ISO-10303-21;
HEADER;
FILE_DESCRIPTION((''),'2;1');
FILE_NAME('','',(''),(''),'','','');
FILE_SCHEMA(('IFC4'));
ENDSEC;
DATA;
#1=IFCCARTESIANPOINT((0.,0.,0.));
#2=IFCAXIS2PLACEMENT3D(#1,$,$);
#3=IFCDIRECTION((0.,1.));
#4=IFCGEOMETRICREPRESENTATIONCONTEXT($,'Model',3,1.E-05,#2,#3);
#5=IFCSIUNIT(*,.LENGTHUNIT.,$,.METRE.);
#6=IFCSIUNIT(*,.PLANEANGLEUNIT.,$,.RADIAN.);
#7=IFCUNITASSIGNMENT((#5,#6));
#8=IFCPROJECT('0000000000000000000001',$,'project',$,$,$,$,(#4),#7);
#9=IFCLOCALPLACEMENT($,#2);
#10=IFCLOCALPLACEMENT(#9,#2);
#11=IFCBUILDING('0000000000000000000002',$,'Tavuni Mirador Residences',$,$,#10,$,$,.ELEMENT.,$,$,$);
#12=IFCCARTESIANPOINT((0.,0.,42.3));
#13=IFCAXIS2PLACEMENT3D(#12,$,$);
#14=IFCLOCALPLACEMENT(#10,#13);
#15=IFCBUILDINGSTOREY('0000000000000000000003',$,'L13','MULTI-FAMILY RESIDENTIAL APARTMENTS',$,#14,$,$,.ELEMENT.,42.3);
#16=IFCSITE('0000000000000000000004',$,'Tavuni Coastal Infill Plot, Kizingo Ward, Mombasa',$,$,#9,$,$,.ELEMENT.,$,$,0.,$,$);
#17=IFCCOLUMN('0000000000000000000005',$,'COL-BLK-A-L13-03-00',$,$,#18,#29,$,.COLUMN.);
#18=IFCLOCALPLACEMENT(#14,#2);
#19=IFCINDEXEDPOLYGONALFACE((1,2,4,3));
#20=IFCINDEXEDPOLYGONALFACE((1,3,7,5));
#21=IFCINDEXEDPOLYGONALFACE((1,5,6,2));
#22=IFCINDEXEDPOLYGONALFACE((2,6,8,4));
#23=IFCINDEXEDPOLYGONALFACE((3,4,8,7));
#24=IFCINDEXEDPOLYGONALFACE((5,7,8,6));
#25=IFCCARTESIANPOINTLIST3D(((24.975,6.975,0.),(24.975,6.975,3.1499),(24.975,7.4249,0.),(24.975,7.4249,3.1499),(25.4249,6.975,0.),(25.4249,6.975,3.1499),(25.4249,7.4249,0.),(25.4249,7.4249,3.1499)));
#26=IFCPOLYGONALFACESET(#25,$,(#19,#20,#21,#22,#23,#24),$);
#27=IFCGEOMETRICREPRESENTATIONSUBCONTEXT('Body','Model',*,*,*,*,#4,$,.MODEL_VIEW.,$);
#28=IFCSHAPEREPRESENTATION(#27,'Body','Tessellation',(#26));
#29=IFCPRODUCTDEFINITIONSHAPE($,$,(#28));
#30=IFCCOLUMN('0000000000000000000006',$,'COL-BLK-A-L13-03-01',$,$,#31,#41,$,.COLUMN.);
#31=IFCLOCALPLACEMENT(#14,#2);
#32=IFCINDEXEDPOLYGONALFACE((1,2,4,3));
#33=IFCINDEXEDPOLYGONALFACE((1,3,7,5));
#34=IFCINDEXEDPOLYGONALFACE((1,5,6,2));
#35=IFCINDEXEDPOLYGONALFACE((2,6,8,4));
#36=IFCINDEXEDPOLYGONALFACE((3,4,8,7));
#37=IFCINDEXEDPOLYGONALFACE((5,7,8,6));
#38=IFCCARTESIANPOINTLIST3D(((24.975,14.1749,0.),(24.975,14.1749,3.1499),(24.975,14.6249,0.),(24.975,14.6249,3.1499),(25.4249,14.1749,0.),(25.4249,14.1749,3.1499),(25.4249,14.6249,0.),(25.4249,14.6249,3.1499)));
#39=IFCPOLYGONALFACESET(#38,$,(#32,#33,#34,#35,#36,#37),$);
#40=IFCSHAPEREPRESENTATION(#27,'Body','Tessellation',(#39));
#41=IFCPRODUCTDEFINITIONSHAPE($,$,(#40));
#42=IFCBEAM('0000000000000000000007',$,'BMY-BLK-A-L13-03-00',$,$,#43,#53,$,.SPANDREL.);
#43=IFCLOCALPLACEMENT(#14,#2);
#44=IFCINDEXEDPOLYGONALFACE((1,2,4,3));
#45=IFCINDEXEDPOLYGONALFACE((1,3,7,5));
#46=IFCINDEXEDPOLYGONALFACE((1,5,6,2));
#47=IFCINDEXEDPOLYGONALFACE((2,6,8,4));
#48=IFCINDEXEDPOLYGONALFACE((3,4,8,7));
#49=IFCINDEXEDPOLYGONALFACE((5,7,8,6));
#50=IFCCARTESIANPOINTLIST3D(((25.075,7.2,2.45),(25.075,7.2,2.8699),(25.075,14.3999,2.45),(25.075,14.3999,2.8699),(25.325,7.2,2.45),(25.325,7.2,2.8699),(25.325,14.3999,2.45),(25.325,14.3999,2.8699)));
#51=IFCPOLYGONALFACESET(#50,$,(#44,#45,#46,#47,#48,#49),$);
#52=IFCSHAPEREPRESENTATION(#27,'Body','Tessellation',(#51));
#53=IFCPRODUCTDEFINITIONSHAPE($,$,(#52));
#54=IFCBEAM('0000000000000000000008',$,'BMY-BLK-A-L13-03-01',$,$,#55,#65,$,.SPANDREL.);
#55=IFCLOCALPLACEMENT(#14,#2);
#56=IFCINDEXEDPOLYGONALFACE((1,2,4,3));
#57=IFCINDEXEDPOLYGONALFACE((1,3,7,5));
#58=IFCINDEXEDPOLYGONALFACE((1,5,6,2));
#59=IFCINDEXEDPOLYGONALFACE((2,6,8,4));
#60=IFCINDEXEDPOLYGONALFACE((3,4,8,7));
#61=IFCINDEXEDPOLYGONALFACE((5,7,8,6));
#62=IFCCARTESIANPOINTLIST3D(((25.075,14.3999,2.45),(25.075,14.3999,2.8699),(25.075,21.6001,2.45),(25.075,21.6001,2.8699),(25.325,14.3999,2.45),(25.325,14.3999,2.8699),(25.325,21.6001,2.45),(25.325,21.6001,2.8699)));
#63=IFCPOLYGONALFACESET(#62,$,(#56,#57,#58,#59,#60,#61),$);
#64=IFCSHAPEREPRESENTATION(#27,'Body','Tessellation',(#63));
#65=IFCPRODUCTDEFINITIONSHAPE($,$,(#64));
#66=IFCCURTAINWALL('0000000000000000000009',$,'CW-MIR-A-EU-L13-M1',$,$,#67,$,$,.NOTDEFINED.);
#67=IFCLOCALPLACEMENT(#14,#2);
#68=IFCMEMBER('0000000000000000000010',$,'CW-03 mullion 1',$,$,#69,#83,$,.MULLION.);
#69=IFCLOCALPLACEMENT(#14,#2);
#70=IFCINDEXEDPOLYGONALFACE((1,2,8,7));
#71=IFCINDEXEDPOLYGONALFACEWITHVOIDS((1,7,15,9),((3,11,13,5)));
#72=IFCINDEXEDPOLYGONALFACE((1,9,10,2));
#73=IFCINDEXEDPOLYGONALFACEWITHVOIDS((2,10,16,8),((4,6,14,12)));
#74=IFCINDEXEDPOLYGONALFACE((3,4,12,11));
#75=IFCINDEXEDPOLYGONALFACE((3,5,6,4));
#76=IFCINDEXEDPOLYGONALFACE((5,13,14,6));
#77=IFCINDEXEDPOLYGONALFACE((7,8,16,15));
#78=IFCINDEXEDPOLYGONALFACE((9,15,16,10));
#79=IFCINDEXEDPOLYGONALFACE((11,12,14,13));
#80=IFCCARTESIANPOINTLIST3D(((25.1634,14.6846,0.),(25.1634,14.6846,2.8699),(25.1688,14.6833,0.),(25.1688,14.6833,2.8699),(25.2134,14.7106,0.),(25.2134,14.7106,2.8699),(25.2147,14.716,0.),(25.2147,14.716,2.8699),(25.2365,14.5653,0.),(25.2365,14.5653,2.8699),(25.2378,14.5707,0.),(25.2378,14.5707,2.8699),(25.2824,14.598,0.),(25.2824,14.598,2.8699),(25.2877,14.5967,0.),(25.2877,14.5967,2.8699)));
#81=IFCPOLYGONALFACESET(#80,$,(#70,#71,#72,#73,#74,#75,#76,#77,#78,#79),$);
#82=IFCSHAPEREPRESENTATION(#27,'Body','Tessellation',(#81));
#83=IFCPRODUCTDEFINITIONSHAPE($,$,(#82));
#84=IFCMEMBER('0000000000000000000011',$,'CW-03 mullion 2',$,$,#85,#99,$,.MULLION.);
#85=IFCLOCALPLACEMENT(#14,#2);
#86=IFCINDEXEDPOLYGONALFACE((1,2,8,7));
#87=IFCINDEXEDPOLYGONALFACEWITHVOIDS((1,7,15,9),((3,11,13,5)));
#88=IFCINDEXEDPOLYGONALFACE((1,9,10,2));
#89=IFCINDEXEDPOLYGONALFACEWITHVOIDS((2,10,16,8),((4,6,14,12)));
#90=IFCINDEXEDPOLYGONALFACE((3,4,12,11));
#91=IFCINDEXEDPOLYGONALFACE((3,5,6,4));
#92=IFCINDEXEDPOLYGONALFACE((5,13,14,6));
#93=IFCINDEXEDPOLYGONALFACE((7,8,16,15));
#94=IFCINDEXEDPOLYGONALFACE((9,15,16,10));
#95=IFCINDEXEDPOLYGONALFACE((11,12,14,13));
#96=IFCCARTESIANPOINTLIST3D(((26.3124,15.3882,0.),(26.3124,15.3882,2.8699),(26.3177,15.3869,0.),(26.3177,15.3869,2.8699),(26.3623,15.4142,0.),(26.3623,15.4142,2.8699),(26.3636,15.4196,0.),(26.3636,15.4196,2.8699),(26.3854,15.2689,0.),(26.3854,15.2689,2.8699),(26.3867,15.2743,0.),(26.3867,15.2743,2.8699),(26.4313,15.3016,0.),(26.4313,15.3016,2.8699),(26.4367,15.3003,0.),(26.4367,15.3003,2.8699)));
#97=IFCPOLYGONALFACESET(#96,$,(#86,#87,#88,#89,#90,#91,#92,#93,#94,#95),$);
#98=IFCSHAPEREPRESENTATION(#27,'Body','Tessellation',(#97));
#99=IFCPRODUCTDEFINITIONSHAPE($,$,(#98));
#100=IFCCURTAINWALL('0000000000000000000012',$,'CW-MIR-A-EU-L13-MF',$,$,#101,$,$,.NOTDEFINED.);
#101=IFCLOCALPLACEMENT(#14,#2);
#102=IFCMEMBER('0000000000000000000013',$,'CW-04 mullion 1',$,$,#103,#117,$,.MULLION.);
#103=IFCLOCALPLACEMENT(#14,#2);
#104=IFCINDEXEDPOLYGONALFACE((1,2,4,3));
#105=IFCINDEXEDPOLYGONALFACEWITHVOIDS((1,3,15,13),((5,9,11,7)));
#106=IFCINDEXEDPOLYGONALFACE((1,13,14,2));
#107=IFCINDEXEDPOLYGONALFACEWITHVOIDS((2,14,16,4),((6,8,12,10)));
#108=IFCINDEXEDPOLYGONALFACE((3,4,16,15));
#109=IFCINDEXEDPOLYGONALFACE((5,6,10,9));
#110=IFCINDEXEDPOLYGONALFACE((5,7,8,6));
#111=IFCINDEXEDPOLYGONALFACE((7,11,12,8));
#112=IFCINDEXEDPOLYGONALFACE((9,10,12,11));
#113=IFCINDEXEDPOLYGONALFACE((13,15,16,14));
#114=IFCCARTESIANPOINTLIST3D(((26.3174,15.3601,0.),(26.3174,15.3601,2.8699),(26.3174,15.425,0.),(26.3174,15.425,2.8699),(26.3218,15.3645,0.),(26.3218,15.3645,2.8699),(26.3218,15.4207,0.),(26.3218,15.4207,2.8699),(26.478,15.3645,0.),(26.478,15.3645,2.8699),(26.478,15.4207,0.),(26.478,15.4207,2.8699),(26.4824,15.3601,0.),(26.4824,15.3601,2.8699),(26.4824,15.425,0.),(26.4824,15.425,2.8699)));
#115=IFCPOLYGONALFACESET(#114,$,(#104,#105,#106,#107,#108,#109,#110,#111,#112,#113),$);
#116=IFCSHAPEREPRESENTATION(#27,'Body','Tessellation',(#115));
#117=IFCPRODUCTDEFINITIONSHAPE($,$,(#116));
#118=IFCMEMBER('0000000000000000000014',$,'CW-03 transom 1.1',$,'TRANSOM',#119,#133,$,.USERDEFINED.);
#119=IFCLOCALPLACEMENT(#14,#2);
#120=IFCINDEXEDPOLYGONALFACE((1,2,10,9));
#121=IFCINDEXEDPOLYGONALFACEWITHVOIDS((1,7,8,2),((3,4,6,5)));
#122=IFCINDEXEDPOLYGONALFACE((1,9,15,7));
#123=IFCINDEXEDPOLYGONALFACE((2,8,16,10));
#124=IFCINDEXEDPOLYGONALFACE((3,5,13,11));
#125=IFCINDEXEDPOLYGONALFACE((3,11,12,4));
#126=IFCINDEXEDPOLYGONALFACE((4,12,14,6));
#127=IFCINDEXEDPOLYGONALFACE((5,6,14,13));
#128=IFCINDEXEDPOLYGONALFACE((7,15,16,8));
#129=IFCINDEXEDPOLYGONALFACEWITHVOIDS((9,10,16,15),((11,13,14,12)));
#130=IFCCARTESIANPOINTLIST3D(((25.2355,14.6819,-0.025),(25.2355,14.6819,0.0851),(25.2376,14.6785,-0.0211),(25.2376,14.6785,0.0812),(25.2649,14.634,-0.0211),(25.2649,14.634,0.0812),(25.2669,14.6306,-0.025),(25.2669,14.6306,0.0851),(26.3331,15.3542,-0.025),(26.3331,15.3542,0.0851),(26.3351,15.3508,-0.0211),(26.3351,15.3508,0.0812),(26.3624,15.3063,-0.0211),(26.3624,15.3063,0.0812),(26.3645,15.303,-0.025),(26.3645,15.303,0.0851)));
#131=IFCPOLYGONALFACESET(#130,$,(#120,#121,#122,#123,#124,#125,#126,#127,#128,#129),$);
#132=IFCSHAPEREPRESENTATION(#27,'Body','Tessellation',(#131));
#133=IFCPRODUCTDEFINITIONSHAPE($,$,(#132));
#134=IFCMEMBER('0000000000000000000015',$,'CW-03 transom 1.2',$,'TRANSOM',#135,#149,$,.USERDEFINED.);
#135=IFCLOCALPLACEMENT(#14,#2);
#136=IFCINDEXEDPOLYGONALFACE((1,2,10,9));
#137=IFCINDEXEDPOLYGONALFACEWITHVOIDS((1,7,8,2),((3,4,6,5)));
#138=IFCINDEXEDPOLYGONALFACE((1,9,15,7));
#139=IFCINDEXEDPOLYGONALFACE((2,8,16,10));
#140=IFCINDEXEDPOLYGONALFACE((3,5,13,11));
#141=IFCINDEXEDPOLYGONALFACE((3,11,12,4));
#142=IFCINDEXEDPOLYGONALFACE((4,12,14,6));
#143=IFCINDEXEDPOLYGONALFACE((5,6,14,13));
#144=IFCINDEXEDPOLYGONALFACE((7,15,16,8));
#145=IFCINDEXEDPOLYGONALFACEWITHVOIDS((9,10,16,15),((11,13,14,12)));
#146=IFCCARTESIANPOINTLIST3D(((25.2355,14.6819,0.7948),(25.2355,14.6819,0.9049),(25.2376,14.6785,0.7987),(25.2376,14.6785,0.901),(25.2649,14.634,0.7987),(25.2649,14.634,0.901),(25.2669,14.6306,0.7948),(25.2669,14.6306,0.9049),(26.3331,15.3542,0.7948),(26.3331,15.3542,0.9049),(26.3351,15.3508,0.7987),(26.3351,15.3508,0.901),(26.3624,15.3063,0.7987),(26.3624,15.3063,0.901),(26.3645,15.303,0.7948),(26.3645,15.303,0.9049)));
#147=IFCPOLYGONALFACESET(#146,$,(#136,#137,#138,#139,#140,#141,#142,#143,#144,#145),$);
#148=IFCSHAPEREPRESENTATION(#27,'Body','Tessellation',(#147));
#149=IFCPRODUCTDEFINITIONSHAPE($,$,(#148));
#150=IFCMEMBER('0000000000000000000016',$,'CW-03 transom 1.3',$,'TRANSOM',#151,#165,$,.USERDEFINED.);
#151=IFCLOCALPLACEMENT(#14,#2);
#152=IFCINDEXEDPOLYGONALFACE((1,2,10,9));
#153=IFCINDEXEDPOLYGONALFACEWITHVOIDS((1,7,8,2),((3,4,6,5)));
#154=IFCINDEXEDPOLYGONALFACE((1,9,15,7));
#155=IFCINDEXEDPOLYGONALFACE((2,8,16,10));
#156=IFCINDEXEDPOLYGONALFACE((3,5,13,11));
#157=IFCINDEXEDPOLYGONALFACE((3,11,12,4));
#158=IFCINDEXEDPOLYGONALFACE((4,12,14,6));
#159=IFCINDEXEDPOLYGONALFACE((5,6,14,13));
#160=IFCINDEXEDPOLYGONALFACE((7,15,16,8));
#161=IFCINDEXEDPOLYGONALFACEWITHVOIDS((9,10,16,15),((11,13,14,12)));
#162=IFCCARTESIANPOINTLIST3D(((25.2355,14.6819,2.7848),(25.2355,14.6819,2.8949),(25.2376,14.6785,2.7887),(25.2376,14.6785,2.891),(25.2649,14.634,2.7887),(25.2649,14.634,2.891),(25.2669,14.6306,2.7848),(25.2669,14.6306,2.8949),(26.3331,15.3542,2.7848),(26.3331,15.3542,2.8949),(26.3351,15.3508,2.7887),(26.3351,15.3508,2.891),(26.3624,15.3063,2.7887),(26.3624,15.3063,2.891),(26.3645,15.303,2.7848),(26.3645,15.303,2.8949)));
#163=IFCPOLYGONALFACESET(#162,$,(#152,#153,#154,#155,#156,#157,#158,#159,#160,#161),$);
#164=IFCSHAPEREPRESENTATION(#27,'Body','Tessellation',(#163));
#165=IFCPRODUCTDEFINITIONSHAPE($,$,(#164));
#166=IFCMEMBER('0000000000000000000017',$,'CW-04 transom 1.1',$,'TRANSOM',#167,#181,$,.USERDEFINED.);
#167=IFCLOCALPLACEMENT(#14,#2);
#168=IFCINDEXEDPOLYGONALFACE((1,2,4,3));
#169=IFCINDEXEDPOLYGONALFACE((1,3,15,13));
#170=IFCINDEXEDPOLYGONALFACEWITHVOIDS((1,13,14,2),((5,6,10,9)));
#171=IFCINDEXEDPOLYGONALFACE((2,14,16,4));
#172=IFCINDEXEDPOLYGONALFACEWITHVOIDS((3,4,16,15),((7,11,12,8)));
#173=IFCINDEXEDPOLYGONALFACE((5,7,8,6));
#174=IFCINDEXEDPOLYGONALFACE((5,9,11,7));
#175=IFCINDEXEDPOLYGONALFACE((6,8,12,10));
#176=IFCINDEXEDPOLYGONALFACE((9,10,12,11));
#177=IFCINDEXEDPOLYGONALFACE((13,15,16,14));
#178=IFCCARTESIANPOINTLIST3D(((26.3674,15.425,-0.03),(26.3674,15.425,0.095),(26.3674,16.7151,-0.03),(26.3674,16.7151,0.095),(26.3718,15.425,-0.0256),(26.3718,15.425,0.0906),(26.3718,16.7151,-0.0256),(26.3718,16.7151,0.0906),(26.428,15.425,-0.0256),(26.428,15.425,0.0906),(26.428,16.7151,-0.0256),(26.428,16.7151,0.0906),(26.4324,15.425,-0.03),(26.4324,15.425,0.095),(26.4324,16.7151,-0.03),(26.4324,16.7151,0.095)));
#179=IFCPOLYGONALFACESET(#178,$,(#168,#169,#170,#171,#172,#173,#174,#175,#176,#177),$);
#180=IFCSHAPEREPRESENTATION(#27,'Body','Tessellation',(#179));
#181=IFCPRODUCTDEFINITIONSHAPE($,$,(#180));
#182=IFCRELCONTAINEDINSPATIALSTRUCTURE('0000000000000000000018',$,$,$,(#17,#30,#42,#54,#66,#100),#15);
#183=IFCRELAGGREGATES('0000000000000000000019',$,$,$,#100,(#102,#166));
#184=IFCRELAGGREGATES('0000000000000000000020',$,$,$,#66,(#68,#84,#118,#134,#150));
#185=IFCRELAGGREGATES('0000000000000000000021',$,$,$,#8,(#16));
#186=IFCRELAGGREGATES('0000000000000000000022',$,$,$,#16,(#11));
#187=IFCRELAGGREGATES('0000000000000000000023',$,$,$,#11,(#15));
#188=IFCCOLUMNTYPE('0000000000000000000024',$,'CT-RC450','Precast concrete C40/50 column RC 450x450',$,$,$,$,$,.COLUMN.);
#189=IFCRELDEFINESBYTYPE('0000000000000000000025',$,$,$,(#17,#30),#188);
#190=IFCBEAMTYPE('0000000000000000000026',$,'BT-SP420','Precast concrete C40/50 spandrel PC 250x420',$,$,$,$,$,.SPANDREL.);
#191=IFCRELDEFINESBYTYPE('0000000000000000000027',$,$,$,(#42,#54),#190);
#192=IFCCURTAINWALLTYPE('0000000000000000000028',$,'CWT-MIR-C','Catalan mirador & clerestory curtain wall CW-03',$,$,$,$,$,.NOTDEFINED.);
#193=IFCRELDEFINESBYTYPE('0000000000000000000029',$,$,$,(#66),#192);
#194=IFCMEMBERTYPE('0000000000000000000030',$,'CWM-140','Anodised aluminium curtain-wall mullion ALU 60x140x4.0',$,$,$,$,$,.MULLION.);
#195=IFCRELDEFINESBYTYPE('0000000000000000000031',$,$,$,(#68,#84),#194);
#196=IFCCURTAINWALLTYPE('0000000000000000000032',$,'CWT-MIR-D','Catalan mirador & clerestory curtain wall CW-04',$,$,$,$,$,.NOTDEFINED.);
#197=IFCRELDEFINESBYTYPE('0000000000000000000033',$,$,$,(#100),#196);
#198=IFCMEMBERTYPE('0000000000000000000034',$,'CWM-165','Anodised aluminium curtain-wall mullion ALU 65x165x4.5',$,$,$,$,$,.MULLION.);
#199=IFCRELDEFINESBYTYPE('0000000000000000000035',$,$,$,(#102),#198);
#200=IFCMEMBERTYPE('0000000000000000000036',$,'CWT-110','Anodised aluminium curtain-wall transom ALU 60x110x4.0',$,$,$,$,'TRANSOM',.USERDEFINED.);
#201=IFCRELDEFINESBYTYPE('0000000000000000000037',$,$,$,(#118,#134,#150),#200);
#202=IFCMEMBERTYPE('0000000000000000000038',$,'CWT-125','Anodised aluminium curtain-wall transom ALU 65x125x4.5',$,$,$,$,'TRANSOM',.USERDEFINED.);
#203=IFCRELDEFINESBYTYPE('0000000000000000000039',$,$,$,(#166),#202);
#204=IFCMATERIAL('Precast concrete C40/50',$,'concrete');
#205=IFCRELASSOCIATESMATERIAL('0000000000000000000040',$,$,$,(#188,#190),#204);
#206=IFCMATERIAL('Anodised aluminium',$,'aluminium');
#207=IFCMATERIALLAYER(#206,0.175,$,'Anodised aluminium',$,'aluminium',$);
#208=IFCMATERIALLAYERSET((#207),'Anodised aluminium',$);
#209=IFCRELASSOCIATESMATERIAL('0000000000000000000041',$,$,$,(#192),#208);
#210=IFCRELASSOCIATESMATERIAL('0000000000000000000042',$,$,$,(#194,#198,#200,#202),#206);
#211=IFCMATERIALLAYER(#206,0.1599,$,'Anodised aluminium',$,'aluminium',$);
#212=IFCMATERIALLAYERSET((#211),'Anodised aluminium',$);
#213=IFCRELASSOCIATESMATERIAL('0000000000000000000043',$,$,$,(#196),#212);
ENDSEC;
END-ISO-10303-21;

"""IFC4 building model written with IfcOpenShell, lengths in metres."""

from ifc_helpers import new_model, si_unit, direction, frame, origin, origin_2d, place, context, subcontext, project, spatial, rectangle, hollow_rectangle, extrude, material, layer, layer_set, material_profile, profile_set, type_object, element, aggregate, save


model = new_model("IFC4")

# Units and contexts
model_context = context("Model", 3, precision=1e-05, world=origin(), true_north=direction((0.0, 1.0)))
body_context = subcontext(model_context, "Body", "Model", "MODEL_VIEW")
ifc_project = project(units=[si_unit("LENGTHUNIT", "METRE"), si_unit("PLANEANGLEUNIT", "RADIAN")], contexts=[model_context])

# Site, building, storey
site_placement = place(None, origin())
site = spatial("IfcSite", under=ifc_project, at=site_placement, Name="Tavuni Coastal Infill Plot, Kizingo Ward, Mombasa", CompositionType="ELEMENT", RefElevation=0.0)
building_placement = place(site_placement, origin())
building = spatial("IfcBuilding", under=site, at=building_placement, Name="Tavuni Mirador Residences", CompositionType="ELEMENT")
storey_placement = place(building_placement, frame((0.0, 0.0, 42.3)))
storey = spatial("IfcBuildingStorey", under=building, at=storey_placement, Name="L13", Description="MULTI-FAMILY RESIDENTIAL APARTMENTS", CompositionType="ELEMENT", Elevation=42.3)

# Columns
ifc_material_1 = material(Name="Precast concrete C40/50", Category="concrete")
ifc_material_profile_1 = material_profile(ifc_material_1, rectangle(XDim=0.45, YDim=0.45, at=origin_2d()), Name="RC 450x450", Category="concrete")
ifc_profile_set_1 = profile_set([ifc_material_profile_1], Name="Precast concrete C40/50")
column_type = type_object("IfcColumnType", Name="CT-RC450", Description="Precast concrete C40/50 column RC 450x450", PredefinedType="COLUMN", material=ifc_profile_set_1)
for number, where, z_axis, x_axis, name in (
    (1, (25.2, 7.2, 0.0), (0.0, 0.0, 1.0), (1.0, 0.0, 0.0), "COL-BLK-A-L13-03-00"),
    (2, (25.2, 14.3999, 0.0), (0.0, 0.0, 1.0), (1.0, 0.0, 0.0), "COL-BLK-A-L13-03-01"),
):
    element("IfcColumn", number, at=place(storey_placement, frame(where, z_axis=z_axis, x_axis=x_axis)), inside=storey, type_object=column_type, Name=name, PredefinedType="COLUMN", context=body_context, shape_type="SweptSolid", body=[
        extrude(rectangle(XDim=0.45, YDim=0.45, at=origin_2d()), origin(), (0.0, 0.0, 1.0), 3.1499),
    ])

# Beams
ifc_material_profile_2 = material_profile(ifc_material_1, rectangle(XDim=0.25, YDim=0.4199, at=origin_2d()), Name="PC 250x420", Category="concrete")
ifc_profile_set_2 = profile_set([ifc_material_profile_2], Name="Precast concrete C40/50")
beam_type = type_object("IfcBeamType", Name="BT-SP420", Description="Precast concrete C40/50 spandrel PC 250x420", PredefinedType="SPANDREL", material=ifc_profile_set_2)
beam_1_placement = place(storey_placement, frame((25.2, 7.2, 2.6599), z_axis=(0.0, 1.0, 0.0), x_axis=(-1.0, 0.0, 0.0)))
element("IfcBeam", 3, at=beam_1_placement, inside=storey, type_object=beam_type, Name="BMY-BLK-A-L13-03-00", PredefinedType="SPANDREL", context=body_context, shape_type="SweptSolid", body=[
    extrude(rectangle(XDim=0.25, YDim=0.4199, at=origin_2d()), origin(), (0.0, 0.0, 1.0), 7.2),
])
beam_2_placement = place(storey_placement, frame((25.2, 14.3999, 2.6599), z_axis=(0.0, 1.0, 0.0), x_axis=(-1.0, 0.0, 0.0)))
element("IfcBeam", 4, at=beam_2_placement, inside=storey, type_object=beam_type, Name="BMY-BLK-A-L13-03-01", PredefinedType="SPANDREL", context=body_context, shape_type="SweptSolid", body=[
    extrude(rectangle(XDim=0.25, YDim=0.4199, at=origin_2d()), origin(), (0.0, 0.0, 1.0), 7.2002),
])

# Curtain wall, members
ifc_material_2 = material(Name="Anodised aluminium", Category="aluminium")
ifc_layer_1 = layer(ifc_material_2, 0.175, Name="Anodised aluminium", Category="aluminium")
ifc_layer_set_1 = layer_set([ifc_layer_1], Name="Anodised aluminium")
curtain_wall_type_1 = type_object("IfcCurtainWallType", Name="CWT-MIR-C", Description="Catalan mirador & clerestory curtain wall CW-03", PredefinedType="NOTDEFINED", material=ifc_layer_set_1)
curtain_wall_1_placement = place(storey_placement, origin())
curtain_wall_1 = element("IfcCurtainWall", 5, at=curtain_wall_1_placement, inside=storey, type_object=curtain_wall_type_1, Name="CW-MIR-A-EU-L13-M1", PredefinedType="NOTDEFINED")
ifc_material_profile_3 = material_profile(ifc_material_2, hollow_rectangle(XDim=0.0601, YDim=0.1399, WallThickness=0.0039, at=origin_2d()), Name="ALU 60x140x4.0", Category="aluminium")
ifc_profile_set_3 = profile_set([ifc_material_profile_3], Name="Anodised aluminium")
member_type_1 = type_object("IfcMemberType", Name="CWM-140", Description="Anodised aluminium curtain-wall mullion ALU 60x140x4.0", PredefinedType="MULLION", material=ifc_profile_set_3)
member_1_placement = place(storey_placement, frame((25.2256, 14.6406, 0.0), z_axis=(0.0, 0.0, 1.0), x_axis=(0.852754, 0.522312, 0.0)))
member_1 = element("IfcMember", 6, at=member_1_placement, type_object=member_type_1, Name="CW-03 mullion 1", PredefinedType="MULLION", context=body_context, shape_type="SweptSolid", body=[
    extrude(hollow_rectangle(XDim=0.0601, YDim=0.1399, WallThickness=0.0039, at=origin_2d()), origin(), (0.0, 0.0, 1.0), 2.8699),
])
member_2_placement = place(storey_placement, frame((26.3745, 15.3442, 0.0), z_axis=(0.0, 0.0, 1.0), x_axis=(0.852754, 0.522312, 0.0)))
member_2 = element("IfcMember", 7, at=member_2_placement, type_object=member_type_1, Name="CW-03 mullion 2", PredefinedType="MULLION", context=body_context, shape_type="SweptSolid", body=[
    extrude(hollow_rectangle(XDim=0.0601, YDim=0.1399, WallThickness=0.0039, at=origin_2d()), origin(), (0.0, 0.0, 1.0), 2.8699),
])

# Curtain wall, member
ifc_layer_2 = layer(ifc_material_2, 0.1599, Name="Anodised aluminium", Category="aluminium")
ifc_layer_set_2 = layer_set([ifc_layer_2], Name="Anodised aluminium")
curtain_wall_type_2 = type_object("IfcCurtainWallType", Name="CWT-MIR-D", Description="Catalan mirador & clerestory curtain wall CW-04", PredefinedType="NOTDEFINED", material=ifc_layer_set_2)
curtain_wall_2_placement = place(storey_placement, origin())
curtain_wall_2 = element("IfcCurtainWall", 8, at=curtain_wall_2_placement, inside=storey, type_object=curtain_wall_type_2, Name="CW-MIR-A-EU-L13-MF", PredefinedType="NOTDEFINED")
ifc_material_profile_4 = material_profile(ifc_material_2, hollow_rectangle(XDim=0.0649, YDim=0.165, WallThickness=0.0044, at=origin_2d()), Name="ALU 65x165x4.5", Category="aluminium")
ifc_profile_set_4 = profile_set([ifc_material_profile_4], Name="Anodised aluminium")
member_type_2 = type_object("IfcMemberType", Name="CWM-165", Description="Anodised aluminium curtain-wall mullion ALU 65x165x4.5", PredefinedType="MULLION", material=ifc_profile_set_4)
member_3_placement = place(storey_placement, frame((26.3999, 15.3926, 0.0), z_axis=(0.0, 0.0, 1.0), x_axis=(0.0, 1.0, 0.0)))
member_3 = element("IfcMember", 9, at=member_3_placement, type_object=member_type_2, Name="CW-04 mullion 1", PredefinedType="MULLION", context=body_context, shape_type="SweptSolid", body=[
    extrude(hollow_rectangle(XDim=0.0649, YDim=0.165, WallThickness=0.0044, at=origin_2d()), origin(), (0.0, 0.0, 1.0), 2.8699),
])

# Members
ifc_material_profile_5 = material_profile(ifc_material_2, hollow_rectangle(XDim=0.0601, YDim=0.1101, WallThickness=0.0039, at=origin_2d()), Name="ALU 60x110x4.0", Category="aluminium")
ifc_profile_set_5 = profile_set([ifc_material_profile_5], Name="Anodised aluminium")
member_type_3 = type_object("IfcMemberType", Name="CWT-110", Description="Anodised aluminium curtain-wall transom ALU 60x110x4.0", ElementType="TRANSOM", PredefinedType="USERDEFINED", material=ifc_profile_set_5)
member_4_placement = place(storey_placement, frame((25.2512, 14.6562, 0.03), z_axis=(0.852738, 0.52234, 0.0), x_axis=(-0.52234, 0.852738, 0.0)))
member_4 = element("IfcMember", 10, at=member_4_placement, type_object=member_type_3, Name="CW-03 transom 1.1", ObjectType="TRANSOM", PredefinedType="USERDEFINED", context=body_context, shape_type="SweptSolid", body=[
    extrude(hollow_rectangle(XDim=0.0601, YDim=0.1101, WallThickness=0.0039, at=origin_2d()), origin(), (0.0, 0.0, 1.0), 1.2871),
])
member_5_placement = place(storey_placement, frame((25.2512, 14.6562, 0.8499), z_axis=(0.852738, 0.52234, 0.0), x_axis=(-0.52234, 0.852738, 0.0)))
member_5 = element("IfcMember", 11, at=member_5_placement, type_object=member_type_3, Name="CW-03 transom 1.2", ObjectType="TRANSOM", PredefinedType="USERDEFINED", context=body_context, shape_type="SweptSolid", body=[
    extrude(hollow_rectangle(XDim=0.0601, YDim=0.1101, WallThickness=0.0039, at=origin_2d()), origin(), (0.0, 0.0, 1.0), 1.2871),
])
member_6_placement = place(storey_placement, frame((25.2512, 14.6562, 2.8398), z_axis=(0.852738, 0.52234, 0.0), x_axis=(-0.52234, 0.852738, 0.0)))
member_6 = element("IfcMember", 12, at=member_6_placement, type_object=member_type_3, Name="CW-03 transom 1.3", ObjectType="TRANSOM", PredefinedType="USERDEFINED", context=body_context, shape_type="SweptSolid", body=[
    extrude(hollow_rectangle(XDim=0.0601, YDim=0.1101, WallThickness=0.0039, at=origin_2d()), origin(), (0.0, 0.0, 1.0), 1.2871),
])
ifc_material_profile_6 = material_profile(ifc_material_2, hollow_rectangle(XDim=0.0649, YDim=0.125, WallThickness=0.0044, at=origin_2d()), Name="ALU 65x125x4.5", Category="aluminium")
ifc_profile_set_6 = profile_set([ifc_material_profile_6], Name="Anodised aluminium")
member_type_4 = type_object("IfcMemberType", Name="CWT-125", Description="Anodised aluminium curtain-wall transom ALU 65x125x4.5", ElementType="TRANSOM", PredefinedType="USERDEFINED", material=ifc_profile_set_6)
member_7_placement = place(storey_placement, frame((26.3999, 15.425, 0.0325), z_axis=(0.0, 1.0, 0.0), x_axis=(-1.0, 0.0, 0.0)))
member_7 = element("IfcMember", 13, at=member_7_placement, type_object=member_type_4, Name="CW-04 transom 1.1", ObjectType="TRANSOM", PredefinedType="USERDEFINED", context=body_context, shape_type="SweptSolid", body=[
    extrude(hollow_rectangle(XDim=0.0649, YDim=0.125, WallThickness=0.0044, at=origin_2d()), origin(), (0.0, 0.0, 1.0), 1.29),
])
aggregate(curtain_wall_2, [member_3, member_7])

aggregate(curtain_wall_1, [member_1, member_2, member_4, member_5, member_6])

save(model, "model.ifc")
